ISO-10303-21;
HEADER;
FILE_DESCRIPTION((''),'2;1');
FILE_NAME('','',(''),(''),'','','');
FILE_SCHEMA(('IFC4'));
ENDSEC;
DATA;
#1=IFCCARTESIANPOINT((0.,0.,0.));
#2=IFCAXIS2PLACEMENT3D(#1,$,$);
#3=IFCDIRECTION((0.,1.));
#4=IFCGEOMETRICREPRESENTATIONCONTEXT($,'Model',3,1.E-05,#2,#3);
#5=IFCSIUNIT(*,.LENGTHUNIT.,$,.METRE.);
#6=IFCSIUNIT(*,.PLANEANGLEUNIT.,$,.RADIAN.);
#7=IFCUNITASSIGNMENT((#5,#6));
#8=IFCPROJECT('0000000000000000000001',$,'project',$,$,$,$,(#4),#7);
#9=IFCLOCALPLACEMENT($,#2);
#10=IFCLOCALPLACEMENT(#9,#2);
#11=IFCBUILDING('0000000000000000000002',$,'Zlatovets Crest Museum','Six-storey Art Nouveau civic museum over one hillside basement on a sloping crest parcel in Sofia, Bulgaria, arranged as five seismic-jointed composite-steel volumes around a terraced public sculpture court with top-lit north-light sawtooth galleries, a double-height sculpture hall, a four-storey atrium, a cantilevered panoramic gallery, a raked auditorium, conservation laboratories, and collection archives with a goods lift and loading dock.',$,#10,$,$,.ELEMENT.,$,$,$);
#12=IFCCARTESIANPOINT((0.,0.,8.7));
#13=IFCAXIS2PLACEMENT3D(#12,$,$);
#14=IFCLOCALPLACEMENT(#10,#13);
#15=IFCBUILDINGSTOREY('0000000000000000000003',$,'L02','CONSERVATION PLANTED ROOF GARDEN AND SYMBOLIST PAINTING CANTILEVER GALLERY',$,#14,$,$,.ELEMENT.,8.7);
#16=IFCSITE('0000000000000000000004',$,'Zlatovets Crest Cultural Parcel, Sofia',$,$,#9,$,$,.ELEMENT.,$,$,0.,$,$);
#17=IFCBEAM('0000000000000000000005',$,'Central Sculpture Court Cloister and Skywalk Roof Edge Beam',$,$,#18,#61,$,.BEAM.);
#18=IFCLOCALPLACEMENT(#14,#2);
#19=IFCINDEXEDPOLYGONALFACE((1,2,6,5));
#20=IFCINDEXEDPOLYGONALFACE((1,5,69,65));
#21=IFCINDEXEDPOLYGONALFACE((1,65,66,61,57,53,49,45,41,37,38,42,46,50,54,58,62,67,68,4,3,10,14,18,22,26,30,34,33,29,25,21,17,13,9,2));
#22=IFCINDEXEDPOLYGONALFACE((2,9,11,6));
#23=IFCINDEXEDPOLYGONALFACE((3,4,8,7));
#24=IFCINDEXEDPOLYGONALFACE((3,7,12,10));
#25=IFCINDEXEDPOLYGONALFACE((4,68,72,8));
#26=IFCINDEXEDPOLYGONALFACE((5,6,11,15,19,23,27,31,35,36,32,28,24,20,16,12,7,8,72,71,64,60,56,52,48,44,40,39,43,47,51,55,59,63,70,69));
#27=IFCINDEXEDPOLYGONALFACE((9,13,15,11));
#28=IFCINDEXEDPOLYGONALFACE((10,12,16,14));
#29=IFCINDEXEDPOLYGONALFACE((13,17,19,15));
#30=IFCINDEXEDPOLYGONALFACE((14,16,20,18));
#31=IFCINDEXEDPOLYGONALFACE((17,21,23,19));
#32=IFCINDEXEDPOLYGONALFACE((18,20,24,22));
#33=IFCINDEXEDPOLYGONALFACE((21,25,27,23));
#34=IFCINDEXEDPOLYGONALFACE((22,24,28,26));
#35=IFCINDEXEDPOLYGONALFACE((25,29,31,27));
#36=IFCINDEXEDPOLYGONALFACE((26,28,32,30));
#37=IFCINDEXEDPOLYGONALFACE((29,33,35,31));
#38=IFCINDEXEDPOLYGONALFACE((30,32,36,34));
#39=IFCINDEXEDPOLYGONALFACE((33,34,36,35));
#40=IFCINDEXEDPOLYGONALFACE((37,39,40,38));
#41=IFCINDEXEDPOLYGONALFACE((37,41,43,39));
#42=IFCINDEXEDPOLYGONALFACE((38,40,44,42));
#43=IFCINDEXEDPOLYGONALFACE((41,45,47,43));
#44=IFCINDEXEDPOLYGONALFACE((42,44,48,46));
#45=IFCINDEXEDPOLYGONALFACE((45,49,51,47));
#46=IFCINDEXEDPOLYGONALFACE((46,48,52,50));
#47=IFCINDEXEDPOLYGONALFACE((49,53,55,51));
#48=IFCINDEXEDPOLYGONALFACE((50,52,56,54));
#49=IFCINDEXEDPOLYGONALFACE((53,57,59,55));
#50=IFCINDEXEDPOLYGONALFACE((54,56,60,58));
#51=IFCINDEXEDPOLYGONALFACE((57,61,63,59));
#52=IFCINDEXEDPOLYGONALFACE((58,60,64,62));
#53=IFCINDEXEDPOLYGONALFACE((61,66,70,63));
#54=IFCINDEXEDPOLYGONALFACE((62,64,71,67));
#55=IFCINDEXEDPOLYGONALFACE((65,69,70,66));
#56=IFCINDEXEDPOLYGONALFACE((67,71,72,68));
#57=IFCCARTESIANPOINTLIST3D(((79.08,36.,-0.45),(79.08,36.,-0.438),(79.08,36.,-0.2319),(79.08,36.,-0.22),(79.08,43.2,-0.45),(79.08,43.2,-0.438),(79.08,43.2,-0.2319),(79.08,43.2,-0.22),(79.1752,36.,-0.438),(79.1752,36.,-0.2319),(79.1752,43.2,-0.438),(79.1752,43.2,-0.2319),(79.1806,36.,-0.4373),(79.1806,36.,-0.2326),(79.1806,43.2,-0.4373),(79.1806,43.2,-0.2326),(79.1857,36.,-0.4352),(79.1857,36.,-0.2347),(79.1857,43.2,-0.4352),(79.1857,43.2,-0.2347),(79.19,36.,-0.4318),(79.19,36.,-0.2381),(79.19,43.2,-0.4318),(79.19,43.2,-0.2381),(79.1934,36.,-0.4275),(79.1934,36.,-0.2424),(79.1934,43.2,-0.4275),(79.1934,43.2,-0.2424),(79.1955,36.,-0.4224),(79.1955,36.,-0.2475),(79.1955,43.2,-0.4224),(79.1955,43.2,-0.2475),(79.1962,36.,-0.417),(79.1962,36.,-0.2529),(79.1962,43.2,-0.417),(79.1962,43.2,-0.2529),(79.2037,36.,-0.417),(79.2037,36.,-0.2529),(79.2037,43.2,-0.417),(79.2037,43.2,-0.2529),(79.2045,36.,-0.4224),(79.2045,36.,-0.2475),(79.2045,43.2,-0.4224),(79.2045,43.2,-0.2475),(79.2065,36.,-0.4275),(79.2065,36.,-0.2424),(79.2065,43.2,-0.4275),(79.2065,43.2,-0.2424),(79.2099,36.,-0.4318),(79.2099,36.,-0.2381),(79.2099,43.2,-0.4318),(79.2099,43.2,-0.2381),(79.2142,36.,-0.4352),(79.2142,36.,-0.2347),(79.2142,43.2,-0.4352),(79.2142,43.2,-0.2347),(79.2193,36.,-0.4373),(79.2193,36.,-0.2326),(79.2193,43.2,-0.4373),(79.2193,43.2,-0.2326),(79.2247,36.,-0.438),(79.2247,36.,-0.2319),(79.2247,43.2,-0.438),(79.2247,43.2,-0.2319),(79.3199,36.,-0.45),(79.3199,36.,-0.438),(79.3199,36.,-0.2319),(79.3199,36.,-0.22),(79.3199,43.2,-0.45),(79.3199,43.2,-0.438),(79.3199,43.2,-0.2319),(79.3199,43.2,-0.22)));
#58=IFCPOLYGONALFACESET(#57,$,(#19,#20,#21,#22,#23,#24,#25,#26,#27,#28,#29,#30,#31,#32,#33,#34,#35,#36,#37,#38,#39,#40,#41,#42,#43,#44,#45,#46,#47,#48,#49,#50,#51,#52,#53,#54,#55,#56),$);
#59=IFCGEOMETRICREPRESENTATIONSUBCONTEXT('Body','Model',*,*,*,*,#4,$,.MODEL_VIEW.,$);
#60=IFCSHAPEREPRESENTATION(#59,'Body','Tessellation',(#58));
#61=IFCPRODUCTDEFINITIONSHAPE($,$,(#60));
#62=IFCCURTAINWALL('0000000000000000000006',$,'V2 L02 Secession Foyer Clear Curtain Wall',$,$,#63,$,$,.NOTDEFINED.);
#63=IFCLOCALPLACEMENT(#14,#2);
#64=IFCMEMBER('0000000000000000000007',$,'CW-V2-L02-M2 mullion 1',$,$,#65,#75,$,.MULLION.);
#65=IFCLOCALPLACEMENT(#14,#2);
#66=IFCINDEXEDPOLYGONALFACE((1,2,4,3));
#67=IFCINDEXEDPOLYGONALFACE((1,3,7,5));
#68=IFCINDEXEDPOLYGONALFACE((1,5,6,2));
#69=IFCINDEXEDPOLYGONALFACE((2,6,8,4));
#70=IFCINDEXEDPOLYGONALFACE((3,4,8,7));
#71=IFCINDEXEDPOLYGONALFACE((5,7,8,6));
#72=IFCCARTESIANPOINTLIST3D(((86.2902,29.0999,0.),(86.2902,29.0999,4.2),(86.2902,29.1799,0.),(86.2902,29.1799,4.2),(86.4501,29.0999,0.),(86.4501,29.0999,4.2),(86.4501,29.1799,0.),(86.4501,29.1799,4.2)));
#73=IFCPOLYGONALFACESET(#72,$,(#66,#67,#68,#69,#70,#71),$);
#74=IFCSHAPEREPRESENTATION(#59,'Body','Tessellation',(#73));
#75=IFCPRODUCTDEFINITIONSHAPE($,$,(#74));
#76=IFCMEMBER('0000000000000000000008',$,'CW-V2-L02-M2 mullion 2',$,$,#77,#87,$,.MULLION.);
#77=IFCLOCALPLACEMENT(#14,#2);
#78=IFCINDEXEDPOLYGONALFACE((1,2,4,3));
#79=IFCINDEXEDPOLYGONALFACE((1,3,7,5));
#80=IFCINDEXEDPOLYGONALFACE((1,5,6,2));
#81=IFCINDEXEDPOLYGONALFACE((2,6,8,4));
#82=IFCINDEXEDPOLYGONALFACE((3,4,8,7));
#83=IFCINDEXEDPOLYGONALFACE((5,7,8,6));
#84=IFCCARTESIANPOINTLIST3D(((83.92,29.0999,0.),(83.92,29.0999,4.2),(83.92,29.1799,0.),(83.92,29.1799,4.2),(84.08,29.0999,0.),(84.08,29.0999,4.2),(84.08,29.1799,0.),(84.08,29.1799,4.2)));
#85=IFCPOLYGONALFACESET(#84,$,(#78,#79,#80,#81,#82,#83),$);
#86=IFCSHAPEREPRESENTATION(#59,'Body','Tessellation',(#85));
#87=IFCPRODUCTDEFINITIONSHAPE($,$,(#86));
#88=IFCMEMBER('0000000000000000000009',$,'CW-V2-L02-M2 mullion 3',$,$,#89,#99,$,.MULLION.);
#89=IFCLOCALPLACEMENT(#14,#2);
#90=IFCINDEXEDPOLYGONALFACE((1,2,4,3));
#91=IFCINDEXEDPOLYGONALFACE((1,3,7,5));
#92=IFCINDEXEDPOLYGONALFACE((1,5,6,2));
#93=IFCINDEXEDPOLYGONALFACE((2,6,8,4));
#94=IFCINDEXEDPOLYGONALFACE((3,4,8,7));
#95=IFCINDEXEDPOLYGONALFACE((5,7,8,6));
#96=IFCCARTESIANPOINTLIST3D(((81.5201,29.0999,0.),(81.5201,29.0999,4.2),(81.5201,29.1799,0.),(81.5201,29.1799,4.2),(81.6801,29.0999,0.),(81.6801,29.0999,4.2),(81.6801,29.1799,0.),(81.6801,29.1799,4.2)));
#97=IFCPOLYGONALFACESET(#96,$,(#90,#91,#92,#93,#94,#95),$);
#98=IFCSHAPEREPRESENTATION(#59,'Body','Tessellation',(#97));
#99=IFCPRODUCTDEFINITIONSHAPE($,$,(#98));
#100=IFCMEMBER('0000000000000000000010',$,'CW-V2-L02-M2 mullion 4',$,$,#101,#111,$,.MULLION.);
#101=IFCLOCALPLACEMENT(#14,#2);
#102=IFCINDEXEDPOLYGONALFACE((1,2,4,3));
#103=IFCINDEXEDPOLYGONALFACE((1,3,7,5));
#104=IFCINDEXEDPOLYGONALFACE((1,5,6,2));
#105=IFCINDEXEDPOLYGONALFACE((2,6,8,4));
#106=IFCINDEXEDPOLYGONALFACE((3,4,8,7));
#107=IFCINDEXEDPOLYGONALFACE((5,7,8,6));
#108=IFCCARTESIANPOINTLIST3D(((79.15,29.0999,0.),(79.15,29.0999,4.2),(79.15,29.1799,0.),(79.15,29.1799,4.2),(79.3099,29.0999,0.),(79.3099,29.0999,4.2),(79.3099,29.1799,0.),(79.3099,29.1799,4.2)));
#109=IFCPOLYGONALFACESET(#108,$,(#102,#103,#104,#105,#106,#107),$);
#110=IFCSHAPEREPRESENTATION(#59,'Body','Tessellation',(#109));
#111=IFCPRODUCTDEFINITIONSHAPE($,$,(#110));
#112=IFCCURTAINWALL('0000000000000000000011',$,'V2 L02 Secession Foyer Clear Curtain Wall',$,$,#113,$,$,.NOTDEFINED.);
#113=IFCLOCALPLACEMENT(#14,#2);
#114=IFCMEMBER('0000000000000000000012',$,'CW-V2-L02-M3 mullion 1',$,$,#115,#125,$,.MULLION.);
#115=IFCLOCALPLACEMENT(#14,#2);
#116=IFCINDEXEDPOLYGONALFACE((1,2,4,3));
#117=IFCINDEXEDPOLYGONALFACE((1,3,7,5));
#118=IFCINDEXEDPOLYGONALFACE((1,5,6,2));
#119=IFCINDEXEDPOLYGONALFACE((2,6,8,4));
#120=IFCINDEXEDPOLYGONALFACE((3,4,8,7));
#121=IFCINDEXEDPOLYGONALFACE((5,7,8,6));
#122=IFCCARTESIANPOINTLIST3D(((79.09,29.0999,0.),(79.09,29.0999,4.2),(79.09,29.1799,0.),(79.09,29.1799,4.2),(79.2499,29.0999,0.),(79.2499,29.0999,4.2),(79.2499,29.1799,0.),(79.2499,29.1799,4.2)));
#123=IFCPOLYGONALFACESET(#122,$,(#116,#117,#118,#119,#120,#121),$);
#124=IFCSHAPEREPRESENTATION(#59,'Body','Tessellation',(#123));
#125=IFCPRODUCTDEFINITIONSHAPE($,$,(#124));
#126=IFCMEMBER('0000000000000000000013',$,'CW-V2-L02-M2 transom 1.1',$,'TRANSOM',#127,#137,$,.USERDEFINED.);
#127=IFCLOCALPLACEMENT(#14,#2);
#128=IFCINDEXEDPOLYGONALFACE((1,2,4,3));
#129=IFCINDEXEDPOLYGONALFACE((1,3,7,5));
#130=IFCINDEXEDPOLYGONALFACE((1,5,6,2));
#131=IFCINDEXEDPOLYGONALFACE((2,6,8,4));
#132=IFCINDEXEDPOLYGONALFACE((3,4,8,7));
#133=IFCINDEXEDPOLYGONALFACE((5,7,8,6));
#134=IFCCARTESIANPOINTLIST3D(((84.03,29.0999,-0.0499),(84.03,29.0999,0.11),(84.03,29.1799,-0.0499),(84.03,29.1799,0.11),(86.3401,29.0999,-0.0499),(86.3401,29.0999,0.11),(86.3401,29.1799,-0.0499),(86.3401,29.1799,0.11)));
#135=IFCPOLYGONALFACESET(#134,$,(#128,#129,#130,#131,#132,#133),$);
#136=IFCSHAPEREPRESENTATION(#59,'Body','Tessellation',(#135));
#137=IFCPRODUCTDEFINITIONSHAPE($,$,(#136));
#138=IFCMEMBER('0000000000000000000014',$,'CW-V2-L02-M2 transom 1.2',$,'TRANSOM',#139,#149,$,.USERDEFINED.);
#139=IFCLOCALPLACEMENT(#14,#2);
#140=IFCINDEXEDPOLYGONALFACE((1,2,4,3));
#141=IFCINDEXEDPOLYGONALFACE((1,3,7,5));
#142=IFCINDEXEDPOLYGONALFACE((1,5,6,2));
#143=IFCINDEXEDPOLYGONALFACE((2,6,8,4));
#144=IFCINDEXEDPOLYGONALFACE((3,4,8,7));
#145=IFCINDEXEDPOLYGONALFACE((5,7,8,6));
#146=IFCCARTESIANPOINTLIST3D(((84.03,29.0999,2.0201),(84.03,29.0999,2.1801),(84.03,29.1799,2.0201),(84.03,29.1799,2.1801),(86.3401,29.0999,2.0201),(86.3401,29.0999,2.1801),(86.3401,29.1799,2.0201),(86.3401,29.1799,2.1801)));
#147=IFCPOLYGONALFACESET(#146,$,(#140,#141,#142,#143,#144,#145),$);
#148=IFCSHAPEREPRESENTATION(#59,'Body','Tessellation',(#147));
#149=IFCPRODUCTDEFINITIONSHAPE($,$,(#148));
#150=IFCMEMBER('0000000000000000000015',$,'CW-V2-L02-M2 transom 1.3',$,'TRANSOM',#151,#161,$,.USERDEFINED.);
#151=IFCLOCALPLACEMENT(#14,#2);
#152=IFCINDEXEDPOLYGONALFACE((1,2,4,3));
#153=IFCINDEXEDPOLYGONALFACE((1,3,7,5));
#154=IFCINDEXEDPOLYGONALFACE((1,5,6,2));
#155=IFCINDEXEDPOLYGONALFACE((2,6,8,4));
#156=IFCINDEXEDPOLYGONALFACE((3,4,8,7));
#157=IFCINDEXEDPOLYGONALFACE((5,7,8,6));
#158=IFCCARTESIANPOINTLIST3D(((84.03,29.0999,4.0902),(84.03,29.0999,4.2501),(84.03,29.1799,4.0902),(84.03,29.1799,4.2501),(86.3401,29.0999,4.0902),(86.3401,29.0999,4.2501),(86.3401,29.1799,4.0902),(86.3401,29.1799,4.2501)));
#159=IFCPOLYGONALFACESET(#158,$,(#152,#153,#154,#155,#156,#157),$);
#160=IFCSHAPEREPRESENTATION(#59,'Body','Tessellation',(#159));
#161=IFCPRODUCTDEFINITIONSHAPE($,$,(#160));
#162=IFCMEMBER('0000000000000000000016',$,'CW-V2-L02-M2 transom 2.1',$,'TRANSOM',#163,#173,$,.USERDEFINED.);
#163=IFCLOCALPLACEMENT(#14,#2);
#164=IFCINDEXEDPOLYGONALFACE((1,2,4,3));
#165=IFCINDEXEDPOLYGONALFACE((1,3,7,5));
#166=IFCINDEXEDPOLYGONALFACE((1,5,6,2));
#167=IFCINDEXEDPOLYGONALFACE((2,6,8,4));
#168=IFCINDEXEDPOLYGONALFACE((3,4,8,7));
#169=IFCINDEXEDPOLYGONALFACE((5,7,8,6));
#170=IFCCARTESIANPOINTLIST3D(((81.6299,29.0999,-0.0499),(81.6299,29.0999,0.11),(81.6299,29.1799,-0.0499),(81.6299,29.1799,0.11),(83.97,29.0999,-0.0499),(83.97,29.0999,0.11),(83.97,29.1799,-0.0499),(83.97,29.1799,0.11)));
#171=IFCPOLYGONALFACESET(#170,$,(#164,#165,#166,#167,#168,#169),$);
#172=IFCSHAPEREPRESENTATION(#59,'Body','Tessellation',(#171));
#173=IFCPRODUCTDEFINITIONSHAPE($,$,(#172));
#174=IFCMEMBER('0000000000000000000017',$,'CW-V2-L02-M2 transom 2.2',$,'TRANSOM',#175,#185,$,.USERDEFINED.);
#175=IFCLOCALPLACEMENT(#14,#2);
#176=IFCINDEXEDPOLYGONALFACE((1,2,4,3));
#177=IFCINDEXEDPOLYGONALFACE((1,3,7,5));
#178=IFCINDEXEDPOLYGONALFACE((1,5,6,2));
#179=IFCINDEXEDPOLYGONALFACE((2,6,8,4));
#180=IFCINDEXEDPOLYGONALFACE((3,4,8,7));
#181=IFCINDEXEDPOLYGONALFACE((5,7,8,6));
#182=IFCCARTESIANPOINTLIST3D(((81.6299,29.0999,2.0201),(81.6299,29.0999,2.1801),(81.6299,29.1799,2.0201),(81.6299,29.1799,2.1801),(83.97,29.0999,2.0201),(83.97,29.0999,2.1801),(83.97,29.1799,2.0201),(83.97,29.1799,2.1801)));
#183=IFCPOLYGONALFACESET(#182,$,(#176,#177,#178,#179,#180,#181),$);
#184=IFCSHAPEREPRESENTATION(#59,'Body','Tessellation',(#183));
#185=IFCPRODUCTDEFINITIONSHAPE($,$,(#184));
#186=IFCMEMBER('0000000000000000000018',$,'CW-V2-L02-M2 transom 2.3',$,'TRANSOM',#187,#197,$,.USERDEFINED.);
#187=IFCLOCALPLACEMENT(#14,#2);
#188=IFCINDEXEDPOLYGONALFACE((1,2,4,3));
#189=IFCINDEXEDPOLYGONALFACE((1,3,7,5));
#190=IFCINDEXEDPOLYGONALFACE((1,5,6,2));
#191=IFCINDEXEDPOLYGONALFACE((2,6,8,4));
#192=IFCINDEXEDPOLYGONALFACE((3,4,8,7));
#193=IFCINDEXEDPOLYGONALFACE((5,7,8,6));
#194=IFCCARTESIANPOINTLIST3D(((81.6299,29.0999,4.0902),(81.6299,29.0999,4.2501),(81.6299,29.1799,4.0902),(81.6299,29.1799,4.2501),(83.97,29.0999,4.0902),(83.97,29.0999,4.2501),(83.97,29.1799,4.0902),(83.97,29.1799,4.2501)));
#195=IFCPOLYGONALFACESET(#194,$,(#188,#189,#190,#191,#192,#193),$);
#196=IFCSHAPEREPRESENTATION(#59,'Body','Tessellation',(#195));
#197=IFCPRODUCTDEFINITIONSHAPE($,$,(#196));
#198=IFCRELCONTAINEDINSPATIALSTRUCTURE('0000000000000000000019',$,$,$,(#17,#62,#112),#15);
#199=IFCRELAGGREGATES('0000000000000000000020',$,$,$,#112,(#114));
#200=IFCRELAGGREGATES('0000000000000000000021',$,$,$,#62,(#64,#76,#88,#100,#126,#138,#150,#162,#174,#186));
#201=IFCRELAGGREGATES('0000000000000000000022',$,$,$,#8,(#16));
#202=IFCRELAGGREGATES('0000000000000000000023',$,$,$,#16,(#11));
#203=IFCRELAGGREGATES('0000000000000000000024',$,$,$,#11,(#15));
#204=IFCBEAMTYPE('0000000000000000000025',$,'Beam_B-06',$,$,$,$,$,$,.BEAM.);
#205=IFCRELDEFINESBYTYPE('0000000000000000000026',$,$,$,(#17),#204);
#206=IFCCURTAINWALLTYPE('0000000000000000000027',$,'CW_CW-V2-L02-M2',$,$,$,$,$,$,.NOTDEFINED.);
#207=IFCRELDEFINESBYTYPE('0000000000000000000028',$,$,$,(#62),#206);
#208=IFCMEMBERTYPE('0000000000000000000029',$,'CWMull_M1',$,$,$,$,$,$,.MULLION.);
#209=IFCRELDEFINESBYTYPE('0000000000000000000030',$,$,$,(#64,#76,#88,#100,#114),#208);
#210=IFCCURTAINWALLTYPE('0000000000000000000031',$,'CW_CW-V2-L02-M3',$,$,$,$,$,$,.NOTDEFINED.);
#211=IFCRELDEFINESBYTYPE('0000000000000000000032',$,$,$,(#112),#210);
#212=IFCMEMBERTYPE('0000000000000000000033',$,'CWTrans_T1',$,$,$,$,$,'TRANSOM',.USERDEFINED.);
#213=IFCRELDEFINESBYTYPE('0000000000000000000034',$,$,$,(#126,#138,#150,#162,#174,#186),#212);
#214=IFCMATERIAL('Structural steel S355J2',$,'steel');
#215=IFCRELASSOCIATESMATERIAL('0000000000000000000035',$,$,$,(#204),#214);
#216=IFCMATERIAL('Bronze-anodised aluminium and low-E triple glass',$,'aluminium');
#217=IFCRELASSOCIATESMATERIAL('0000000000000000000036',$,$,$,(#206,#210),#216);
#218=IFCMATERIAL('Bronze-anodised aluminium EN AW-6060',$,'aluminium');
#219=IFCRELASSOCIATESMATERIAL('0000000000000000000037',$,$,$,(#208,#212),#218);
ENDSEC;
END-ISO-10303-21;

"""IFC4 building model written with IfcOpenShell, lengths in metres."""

from ifc_helpers import new_model, si_unit, direction, frame, origin, origin_2d, place, context, subcontext, project, spatial, rectangle, i_section, extrude, material, material_profile, profile_set, type_object, element, aggregate, save


model = new_model("IFC4")

# Units and contexts
model_context = context("Model", 3, precision=1e-05, world=origin(), true_north=direction((0.0, 1.0)))
body_context = subcontext(model_context, "Body", "Model", "MODEL_VIEW")
ifc_project = project(units=[si_unit("LENGTHUNIT", "METRE"), si_unit("PLANEANGLEUNIT", "RADIAN")], contexts=[model_context])

# Site, building, storey
site_placement = place(None, origin())
site = spatial("IfcSite", under=ifc_project, at=site_placement, Name="Zlatovets Crest Cultural Parcel, Sofia", CompositionType="ELEMENT", RefElevation=0.0)
building_placement = place(site_placement, origin())
building = spatial("IfcBuilding", under=site, at=building_placement, Name="Zlatovets Crest Museum", Description="Six-storey Art Nouveau civic museum over one hillside basement on a sloping crest parcel in Sofia, Bulgaria, arranged as five seismic-jointed composite-steel volumes around a terraced public sculpture court with top-lit north-light sawtooth galleries, a double-height sculpture hall, a four-storey atrium, a cantilevered panoramic gallery, a raked auditorium, conservation laboratories, and collection archives with a goods lift and loading dock.", CompositionType="ELEMENT")
storey_placement = place(building_placement, frame((0.0, 0.0, 8.7)))
storey = spatial("IfcBuildingStorey", under=building, at=storey_placement, Name="L02", Description="CONSERVATION PLANTED ROOF GARDEN AND SYMBOLIST PAINTING CANTILEVER GALLERY", CompositionType="ELEMENT", Elevation=8.7)

# Beam
ifc_material_1 = material(Name="Structural steel S355J2", Category="steel")
ifc_material_profile_1 = material_profile(ifc_material_1, i_section(OverallWidth=0.24, OverallDepth=0.23, WebThickness=0.0076, FlangeThickness=0.012, FilletRadius=0.021, at=origin_2d()), Name="HEA 240")
ifc_profile_set_1 = profile_set([ifc_material_profile_1], Name="Structural steel S355J2")
beam_type = type_object("IfcBeamType", Name="Beam_B-06", PredefinedType="BEAM", material=ifc_profile_set_1)
beam_placement = place(storey_placement, frame((79.2, 36.0, -0.335), z_axis=(0.0, 1.0, 0.0), x_axis=(-1.0, 0.0, 0.0)))
element("IfcBeam", 1, at=beam_placement, inside=storey, type_object=beam_type, Name="Central Sculpture Court Cloister and Skywalk Roof Edge Beam", PredefinedType="BEAM", context=body_context, shape_type="SweptSolid", body=[
    extrude(i_section(OverallWidth=0.24, OverallDepth=0.23, WebThickness=0.0076, FlangeThickness=0.012, FilletRadius=0.021, at=origin_2d()), origin(), (0.0, 0.0, 1.0), 7.2),
])

# Curtain wall, members
ifc_material_2 = material(Name="Bronze-anodised aluminium and low-E triple glass", Category="aluminium")
curtain_wall_type_1 = type_object("IfcCurtainWallType", Name="CW_CW-V2-L02-M2", PredefinedType="NOTDEFINED", material=ifc_material_2)
curtain_wall_1_placement = place(storey_placement, origin())
curtain_wall_1 = element("IfcCurtainWall", 2, at=curtain_wall_1_placement, inside=storey, type_object=curtain_wall_type_1, Name="V2 L02 Secession Foyer Clear Curtain Wall", PredefinedType="NOTDEFINED")
ifc_material_3 = material(Name="Bronze-anodised aluminium EN AW-6060", Category="aluminium")
ifc_material_profile_2 = material_profile(ifc_material_3, rectangle(XDim=0.0801, YDim=0.1599, at=origin_2d()), Name="ALU 80x160")
ifc_profile_set_2 = profile_set([ifc_material_profile_2], Name="Bronze-anodised aluminium EN AW-6060")
member_type_1 = type_object("IfcMemberType", Name="CWMull_M1", PredefinedType="MULLION", material=ifc_profile_set_2)
member_1_placement = place(storey_placement, frame((86.3701, 29.1399, 0.0), z_axis=(0.0, 0.0, 1.0), x_axis=(0.0, -1.0, 0.0)))
member_1 = element("IfcMember", 3, at=member_1_placement, type_object=member_type_1, Name="CW-V2-L02-M2 mullion 1", PredefinedType="MULLION", context=body_context, shape_type="SweptSolid", body=[
    extrude(rectangle(XDim=0.0801, YDim=0.1599, at=origin_2d()), origin(), (0.0, 0.0, 1.0), 4.2),
])
member_2_placement = place(storey_placement, frame((84.0, 29.1399, 0.0), z_axis=(0.0, 0.0, 1.0), x_axis=(0.0, -1.0, 0.0)))
member_2 = element("IfcMember", 4, at=member_2_placement, type_object=member_type_1, Name="CW-V2-L02-M2 mullion 2", PredefinedType="MULLION", context=body_context, shape_type="SweptSolid", body=[
    extrude(rectangle(XDim=0.0801, YDim=0.1599, at=origin_2d()), origin(), (0.0, 0.0, 1.0), 4.2),
])
member_3_placement = place(storey_placement, frame((81.6001, 29.1399, 0.0), z_axis=(0.0, 0.0, 1.0), x_axis=(0.0, -1.0, 0.0)))
member_3 = element("IfcMember", 5, at=member_3_placement, type_object=member_type_1, Name="CW-V2-L02-M2 mullion 3", PredefinedType="MULLION", context=body_context, shape_type="SweptSolid", body=[
    extrude(rectangle(XDim=0.0801, YDim=0.1599, at=origin_2d()), origin(), (0.0, 0.0, 1.0), 4.2),
])
member_4_placement = place(storey_placement, frame((79.23, 29.1399, 0.0), z_axis=(0.0, 0.0, 1.0), x_axis=(0.0, -1.0, 0.0)))
member_4 = element("IfcMember", 6, at=member_4_placement, type_object=member_type_1, Name="CW-V2-L02-M2 mullion 4", PredefinedType="MULLION", context=body_context, shape_type="SweptSolid", body=[
    extrude(rectangle(XDim=0.0801, YDim=0.1599, at=origin_2d()), origin(), (0.0, 0.0, 1.0), 4.2),
])

# Curtain wall, member
curtain_wall_type_2 = type_object("IfcCurtainWallType", Name="CW_CW-V2-L02-M3", PredefinedType="NOTDEFINED", material=ifc_material_2)
curtain_wall_2_placement = place(storey_placement, origin())
curtain_wall_2 = element("IfcCurtainWall", 7, at=curtain_wall_2_placement, inside=storey, type_object=curtain_wall_type_2, Name="V2 L02 Secession Foyer Clear Curtain Wall", PredefinedType="NOTDEFINED")
member_5_placement = place(storey_placement, frame((79.1699, 29.1399, 0.0), z_axis=(0.0, 0.0, 1.0), x_axis=(0.0, -1.0, 0.0)))
member_5 = element("IfcMember", 8, at=member_5_placement, type_object=member_type_1, Name="CW-V2-L02-M3 mullion 1", PredefinedType="MULLION", context=body_context, shape_type="SweptSolid", body=[
    extrude(rectangle(XDim=0.0801, YDim=0.1599, at=origin_2d()), origin(), (0.0, 0.0, 1.0), 4.2),
])

# Members
ifc_material_profile_3 = material_profile(ifc_material_3, rectangle(XDim=0.0801, YDim=0.1599, at=origin_2d()), Name="ALU 80x160")
ifc_profile_set_3 = profile_set([ifc_material_profile_3], Name="Bronze-anodised aluminium EN AW-6060")
member_type_2 = type_object("IfcMemberType", Name="CWTrans_T1", ElementType="TRANSOM", PredefinedType="USERDEFINED", material=ifc_profile_set_3)
member_6_placement = place(storey_placement, frame((86.3401, 29.1399, 0.03), z_axis=(-1.0, 0.0, 0.0), x_axis=(0.0, -1.0, 0.0)))
member_6 = element("IfcMember", 9, at=member_6_placement, type_object=member_type_2, Name="CW-V2-L02-M2 transom 1.1", ObjectType="TRANSOM", PredefinedType="USERDEFINED", context=body_context, shape_type="SweptSolid", body=[
    extrude(rectangle(XDim=0.0801, YDim=0.1599, at=origin_2d()), origin(), (0.0, 0.0, 1.0), 2.3101),
])
member_7_placement = place(storey_placement, frame((86.3401, 29.1399, 2.1001), z_axis=(-1.0, 0.0, 0.0), x_axis=(0.0, -1.0, 0.0)))
member_7 = element("IfcMember", 10, at=member_7_placement, type_object=member_type_2, Name="CW-V2-L02-M2 transom 1.2", ObjectType="TRANSOM", PredefinedType="USERDEFINED", context=body_context, shape_type="SweptSolid", body=[
    extrude(rectangle(XDim=0.0801, YDim=0.1599, at=origin_2d()), origin(), (0.0, 0.0, 1.0), 2.3101),
])
member_8_placement = place(storey_placement, frame((86.3401, 29.1399, 4.1702), z_axis=(-1.0, 0.0, 0.0), x_axis=(0.0, -1.0, 0.0)))
member_8 = element("IfcMember", 11, at=member_8_placement, type_object=member_type_2, Name="CW-V2-L02-M2 transom 1.3", ObjectType="TRANSOM", PredefinedType="USERDEFINED", context=body_context, shape_type="SweptSolid", body=[
    extrude(rectangle(XDim=0.0801, YDim=0.1599, at=origin_2d()), origin(), (0.0, 0.0, 1.0), 2.3101),
])
member_9_placement = place(storey_placement, frame((83.97, 29.1399, 0.03), z_axis=(-1.0, 0.0, 0.0), x_axis=(0.0, -1.0, 0.0)))
member_9 = element("IfcMember", 12, at=member_9_placement, type_object=member_type_2, Name="CW-V2-L02-M2 transom 2.1", ObjectType="TRANSOM", PredefinedType="USERDEFINED", context=body_context, shape_type="SweptSolid", body=[
    extrude(rectangle(XDim=0.0801, YDim=0.1599, at=origin_2d()), origin(), (0.0, 0.0, 1.0), 2.3401),
])
member_10_placement = place(storey_placement, frame((83.97, 29.1399, 2.1001), z_axis=(-1.0, 0.0, 0.0), x_axis=(0.0, -1.0, 0.0)))
member_10 = element("IfcMember", 13, at=member_10_placement, type_object=member_type_2, Name="CW-V2-L02-M2 transom 2.2", ObjectType="TRANSOM", PredefinedType="USERDEFINED", context=body_context, shape_type="SweptSolid", body=[
    extrude(rectangle(XDim=0.0801, YDim=0.1599, at=origin_2d()), origin(), (0.0, 0.0, 1.0), 2.3401),
])
member_11_placement = place(storey_placement, frame((83.97, 29.1399, 4.1702), z_axis=(-1.0, 0.0, 0.0), x_axis=(0.0, -1.0, 0.0)))
member_11 = element("IfcMember", 14, at=member_11_placement, type_object=member_type_2, Name="CW-V2-L02-M2 transom 2.3", ObjectType="TRANSOM", PredefinedType="USERDEFINED", context=body_context, shape_type="SweptSolid", body=[
    extrude(rectangle(XDim=0.0801, YDim=0.1599, at=origin_2d()), origin(), (0.0, 0.0, 1.0), 2.3401),
])
aggregate(curtain_wall_2, [member_5])

aggregate(curtain_wall_1, [member_1, member_2, member_3, member_4, member_6, member_7, member_8, member_9, member_10, member_11])

save(model, "model.ifc")
